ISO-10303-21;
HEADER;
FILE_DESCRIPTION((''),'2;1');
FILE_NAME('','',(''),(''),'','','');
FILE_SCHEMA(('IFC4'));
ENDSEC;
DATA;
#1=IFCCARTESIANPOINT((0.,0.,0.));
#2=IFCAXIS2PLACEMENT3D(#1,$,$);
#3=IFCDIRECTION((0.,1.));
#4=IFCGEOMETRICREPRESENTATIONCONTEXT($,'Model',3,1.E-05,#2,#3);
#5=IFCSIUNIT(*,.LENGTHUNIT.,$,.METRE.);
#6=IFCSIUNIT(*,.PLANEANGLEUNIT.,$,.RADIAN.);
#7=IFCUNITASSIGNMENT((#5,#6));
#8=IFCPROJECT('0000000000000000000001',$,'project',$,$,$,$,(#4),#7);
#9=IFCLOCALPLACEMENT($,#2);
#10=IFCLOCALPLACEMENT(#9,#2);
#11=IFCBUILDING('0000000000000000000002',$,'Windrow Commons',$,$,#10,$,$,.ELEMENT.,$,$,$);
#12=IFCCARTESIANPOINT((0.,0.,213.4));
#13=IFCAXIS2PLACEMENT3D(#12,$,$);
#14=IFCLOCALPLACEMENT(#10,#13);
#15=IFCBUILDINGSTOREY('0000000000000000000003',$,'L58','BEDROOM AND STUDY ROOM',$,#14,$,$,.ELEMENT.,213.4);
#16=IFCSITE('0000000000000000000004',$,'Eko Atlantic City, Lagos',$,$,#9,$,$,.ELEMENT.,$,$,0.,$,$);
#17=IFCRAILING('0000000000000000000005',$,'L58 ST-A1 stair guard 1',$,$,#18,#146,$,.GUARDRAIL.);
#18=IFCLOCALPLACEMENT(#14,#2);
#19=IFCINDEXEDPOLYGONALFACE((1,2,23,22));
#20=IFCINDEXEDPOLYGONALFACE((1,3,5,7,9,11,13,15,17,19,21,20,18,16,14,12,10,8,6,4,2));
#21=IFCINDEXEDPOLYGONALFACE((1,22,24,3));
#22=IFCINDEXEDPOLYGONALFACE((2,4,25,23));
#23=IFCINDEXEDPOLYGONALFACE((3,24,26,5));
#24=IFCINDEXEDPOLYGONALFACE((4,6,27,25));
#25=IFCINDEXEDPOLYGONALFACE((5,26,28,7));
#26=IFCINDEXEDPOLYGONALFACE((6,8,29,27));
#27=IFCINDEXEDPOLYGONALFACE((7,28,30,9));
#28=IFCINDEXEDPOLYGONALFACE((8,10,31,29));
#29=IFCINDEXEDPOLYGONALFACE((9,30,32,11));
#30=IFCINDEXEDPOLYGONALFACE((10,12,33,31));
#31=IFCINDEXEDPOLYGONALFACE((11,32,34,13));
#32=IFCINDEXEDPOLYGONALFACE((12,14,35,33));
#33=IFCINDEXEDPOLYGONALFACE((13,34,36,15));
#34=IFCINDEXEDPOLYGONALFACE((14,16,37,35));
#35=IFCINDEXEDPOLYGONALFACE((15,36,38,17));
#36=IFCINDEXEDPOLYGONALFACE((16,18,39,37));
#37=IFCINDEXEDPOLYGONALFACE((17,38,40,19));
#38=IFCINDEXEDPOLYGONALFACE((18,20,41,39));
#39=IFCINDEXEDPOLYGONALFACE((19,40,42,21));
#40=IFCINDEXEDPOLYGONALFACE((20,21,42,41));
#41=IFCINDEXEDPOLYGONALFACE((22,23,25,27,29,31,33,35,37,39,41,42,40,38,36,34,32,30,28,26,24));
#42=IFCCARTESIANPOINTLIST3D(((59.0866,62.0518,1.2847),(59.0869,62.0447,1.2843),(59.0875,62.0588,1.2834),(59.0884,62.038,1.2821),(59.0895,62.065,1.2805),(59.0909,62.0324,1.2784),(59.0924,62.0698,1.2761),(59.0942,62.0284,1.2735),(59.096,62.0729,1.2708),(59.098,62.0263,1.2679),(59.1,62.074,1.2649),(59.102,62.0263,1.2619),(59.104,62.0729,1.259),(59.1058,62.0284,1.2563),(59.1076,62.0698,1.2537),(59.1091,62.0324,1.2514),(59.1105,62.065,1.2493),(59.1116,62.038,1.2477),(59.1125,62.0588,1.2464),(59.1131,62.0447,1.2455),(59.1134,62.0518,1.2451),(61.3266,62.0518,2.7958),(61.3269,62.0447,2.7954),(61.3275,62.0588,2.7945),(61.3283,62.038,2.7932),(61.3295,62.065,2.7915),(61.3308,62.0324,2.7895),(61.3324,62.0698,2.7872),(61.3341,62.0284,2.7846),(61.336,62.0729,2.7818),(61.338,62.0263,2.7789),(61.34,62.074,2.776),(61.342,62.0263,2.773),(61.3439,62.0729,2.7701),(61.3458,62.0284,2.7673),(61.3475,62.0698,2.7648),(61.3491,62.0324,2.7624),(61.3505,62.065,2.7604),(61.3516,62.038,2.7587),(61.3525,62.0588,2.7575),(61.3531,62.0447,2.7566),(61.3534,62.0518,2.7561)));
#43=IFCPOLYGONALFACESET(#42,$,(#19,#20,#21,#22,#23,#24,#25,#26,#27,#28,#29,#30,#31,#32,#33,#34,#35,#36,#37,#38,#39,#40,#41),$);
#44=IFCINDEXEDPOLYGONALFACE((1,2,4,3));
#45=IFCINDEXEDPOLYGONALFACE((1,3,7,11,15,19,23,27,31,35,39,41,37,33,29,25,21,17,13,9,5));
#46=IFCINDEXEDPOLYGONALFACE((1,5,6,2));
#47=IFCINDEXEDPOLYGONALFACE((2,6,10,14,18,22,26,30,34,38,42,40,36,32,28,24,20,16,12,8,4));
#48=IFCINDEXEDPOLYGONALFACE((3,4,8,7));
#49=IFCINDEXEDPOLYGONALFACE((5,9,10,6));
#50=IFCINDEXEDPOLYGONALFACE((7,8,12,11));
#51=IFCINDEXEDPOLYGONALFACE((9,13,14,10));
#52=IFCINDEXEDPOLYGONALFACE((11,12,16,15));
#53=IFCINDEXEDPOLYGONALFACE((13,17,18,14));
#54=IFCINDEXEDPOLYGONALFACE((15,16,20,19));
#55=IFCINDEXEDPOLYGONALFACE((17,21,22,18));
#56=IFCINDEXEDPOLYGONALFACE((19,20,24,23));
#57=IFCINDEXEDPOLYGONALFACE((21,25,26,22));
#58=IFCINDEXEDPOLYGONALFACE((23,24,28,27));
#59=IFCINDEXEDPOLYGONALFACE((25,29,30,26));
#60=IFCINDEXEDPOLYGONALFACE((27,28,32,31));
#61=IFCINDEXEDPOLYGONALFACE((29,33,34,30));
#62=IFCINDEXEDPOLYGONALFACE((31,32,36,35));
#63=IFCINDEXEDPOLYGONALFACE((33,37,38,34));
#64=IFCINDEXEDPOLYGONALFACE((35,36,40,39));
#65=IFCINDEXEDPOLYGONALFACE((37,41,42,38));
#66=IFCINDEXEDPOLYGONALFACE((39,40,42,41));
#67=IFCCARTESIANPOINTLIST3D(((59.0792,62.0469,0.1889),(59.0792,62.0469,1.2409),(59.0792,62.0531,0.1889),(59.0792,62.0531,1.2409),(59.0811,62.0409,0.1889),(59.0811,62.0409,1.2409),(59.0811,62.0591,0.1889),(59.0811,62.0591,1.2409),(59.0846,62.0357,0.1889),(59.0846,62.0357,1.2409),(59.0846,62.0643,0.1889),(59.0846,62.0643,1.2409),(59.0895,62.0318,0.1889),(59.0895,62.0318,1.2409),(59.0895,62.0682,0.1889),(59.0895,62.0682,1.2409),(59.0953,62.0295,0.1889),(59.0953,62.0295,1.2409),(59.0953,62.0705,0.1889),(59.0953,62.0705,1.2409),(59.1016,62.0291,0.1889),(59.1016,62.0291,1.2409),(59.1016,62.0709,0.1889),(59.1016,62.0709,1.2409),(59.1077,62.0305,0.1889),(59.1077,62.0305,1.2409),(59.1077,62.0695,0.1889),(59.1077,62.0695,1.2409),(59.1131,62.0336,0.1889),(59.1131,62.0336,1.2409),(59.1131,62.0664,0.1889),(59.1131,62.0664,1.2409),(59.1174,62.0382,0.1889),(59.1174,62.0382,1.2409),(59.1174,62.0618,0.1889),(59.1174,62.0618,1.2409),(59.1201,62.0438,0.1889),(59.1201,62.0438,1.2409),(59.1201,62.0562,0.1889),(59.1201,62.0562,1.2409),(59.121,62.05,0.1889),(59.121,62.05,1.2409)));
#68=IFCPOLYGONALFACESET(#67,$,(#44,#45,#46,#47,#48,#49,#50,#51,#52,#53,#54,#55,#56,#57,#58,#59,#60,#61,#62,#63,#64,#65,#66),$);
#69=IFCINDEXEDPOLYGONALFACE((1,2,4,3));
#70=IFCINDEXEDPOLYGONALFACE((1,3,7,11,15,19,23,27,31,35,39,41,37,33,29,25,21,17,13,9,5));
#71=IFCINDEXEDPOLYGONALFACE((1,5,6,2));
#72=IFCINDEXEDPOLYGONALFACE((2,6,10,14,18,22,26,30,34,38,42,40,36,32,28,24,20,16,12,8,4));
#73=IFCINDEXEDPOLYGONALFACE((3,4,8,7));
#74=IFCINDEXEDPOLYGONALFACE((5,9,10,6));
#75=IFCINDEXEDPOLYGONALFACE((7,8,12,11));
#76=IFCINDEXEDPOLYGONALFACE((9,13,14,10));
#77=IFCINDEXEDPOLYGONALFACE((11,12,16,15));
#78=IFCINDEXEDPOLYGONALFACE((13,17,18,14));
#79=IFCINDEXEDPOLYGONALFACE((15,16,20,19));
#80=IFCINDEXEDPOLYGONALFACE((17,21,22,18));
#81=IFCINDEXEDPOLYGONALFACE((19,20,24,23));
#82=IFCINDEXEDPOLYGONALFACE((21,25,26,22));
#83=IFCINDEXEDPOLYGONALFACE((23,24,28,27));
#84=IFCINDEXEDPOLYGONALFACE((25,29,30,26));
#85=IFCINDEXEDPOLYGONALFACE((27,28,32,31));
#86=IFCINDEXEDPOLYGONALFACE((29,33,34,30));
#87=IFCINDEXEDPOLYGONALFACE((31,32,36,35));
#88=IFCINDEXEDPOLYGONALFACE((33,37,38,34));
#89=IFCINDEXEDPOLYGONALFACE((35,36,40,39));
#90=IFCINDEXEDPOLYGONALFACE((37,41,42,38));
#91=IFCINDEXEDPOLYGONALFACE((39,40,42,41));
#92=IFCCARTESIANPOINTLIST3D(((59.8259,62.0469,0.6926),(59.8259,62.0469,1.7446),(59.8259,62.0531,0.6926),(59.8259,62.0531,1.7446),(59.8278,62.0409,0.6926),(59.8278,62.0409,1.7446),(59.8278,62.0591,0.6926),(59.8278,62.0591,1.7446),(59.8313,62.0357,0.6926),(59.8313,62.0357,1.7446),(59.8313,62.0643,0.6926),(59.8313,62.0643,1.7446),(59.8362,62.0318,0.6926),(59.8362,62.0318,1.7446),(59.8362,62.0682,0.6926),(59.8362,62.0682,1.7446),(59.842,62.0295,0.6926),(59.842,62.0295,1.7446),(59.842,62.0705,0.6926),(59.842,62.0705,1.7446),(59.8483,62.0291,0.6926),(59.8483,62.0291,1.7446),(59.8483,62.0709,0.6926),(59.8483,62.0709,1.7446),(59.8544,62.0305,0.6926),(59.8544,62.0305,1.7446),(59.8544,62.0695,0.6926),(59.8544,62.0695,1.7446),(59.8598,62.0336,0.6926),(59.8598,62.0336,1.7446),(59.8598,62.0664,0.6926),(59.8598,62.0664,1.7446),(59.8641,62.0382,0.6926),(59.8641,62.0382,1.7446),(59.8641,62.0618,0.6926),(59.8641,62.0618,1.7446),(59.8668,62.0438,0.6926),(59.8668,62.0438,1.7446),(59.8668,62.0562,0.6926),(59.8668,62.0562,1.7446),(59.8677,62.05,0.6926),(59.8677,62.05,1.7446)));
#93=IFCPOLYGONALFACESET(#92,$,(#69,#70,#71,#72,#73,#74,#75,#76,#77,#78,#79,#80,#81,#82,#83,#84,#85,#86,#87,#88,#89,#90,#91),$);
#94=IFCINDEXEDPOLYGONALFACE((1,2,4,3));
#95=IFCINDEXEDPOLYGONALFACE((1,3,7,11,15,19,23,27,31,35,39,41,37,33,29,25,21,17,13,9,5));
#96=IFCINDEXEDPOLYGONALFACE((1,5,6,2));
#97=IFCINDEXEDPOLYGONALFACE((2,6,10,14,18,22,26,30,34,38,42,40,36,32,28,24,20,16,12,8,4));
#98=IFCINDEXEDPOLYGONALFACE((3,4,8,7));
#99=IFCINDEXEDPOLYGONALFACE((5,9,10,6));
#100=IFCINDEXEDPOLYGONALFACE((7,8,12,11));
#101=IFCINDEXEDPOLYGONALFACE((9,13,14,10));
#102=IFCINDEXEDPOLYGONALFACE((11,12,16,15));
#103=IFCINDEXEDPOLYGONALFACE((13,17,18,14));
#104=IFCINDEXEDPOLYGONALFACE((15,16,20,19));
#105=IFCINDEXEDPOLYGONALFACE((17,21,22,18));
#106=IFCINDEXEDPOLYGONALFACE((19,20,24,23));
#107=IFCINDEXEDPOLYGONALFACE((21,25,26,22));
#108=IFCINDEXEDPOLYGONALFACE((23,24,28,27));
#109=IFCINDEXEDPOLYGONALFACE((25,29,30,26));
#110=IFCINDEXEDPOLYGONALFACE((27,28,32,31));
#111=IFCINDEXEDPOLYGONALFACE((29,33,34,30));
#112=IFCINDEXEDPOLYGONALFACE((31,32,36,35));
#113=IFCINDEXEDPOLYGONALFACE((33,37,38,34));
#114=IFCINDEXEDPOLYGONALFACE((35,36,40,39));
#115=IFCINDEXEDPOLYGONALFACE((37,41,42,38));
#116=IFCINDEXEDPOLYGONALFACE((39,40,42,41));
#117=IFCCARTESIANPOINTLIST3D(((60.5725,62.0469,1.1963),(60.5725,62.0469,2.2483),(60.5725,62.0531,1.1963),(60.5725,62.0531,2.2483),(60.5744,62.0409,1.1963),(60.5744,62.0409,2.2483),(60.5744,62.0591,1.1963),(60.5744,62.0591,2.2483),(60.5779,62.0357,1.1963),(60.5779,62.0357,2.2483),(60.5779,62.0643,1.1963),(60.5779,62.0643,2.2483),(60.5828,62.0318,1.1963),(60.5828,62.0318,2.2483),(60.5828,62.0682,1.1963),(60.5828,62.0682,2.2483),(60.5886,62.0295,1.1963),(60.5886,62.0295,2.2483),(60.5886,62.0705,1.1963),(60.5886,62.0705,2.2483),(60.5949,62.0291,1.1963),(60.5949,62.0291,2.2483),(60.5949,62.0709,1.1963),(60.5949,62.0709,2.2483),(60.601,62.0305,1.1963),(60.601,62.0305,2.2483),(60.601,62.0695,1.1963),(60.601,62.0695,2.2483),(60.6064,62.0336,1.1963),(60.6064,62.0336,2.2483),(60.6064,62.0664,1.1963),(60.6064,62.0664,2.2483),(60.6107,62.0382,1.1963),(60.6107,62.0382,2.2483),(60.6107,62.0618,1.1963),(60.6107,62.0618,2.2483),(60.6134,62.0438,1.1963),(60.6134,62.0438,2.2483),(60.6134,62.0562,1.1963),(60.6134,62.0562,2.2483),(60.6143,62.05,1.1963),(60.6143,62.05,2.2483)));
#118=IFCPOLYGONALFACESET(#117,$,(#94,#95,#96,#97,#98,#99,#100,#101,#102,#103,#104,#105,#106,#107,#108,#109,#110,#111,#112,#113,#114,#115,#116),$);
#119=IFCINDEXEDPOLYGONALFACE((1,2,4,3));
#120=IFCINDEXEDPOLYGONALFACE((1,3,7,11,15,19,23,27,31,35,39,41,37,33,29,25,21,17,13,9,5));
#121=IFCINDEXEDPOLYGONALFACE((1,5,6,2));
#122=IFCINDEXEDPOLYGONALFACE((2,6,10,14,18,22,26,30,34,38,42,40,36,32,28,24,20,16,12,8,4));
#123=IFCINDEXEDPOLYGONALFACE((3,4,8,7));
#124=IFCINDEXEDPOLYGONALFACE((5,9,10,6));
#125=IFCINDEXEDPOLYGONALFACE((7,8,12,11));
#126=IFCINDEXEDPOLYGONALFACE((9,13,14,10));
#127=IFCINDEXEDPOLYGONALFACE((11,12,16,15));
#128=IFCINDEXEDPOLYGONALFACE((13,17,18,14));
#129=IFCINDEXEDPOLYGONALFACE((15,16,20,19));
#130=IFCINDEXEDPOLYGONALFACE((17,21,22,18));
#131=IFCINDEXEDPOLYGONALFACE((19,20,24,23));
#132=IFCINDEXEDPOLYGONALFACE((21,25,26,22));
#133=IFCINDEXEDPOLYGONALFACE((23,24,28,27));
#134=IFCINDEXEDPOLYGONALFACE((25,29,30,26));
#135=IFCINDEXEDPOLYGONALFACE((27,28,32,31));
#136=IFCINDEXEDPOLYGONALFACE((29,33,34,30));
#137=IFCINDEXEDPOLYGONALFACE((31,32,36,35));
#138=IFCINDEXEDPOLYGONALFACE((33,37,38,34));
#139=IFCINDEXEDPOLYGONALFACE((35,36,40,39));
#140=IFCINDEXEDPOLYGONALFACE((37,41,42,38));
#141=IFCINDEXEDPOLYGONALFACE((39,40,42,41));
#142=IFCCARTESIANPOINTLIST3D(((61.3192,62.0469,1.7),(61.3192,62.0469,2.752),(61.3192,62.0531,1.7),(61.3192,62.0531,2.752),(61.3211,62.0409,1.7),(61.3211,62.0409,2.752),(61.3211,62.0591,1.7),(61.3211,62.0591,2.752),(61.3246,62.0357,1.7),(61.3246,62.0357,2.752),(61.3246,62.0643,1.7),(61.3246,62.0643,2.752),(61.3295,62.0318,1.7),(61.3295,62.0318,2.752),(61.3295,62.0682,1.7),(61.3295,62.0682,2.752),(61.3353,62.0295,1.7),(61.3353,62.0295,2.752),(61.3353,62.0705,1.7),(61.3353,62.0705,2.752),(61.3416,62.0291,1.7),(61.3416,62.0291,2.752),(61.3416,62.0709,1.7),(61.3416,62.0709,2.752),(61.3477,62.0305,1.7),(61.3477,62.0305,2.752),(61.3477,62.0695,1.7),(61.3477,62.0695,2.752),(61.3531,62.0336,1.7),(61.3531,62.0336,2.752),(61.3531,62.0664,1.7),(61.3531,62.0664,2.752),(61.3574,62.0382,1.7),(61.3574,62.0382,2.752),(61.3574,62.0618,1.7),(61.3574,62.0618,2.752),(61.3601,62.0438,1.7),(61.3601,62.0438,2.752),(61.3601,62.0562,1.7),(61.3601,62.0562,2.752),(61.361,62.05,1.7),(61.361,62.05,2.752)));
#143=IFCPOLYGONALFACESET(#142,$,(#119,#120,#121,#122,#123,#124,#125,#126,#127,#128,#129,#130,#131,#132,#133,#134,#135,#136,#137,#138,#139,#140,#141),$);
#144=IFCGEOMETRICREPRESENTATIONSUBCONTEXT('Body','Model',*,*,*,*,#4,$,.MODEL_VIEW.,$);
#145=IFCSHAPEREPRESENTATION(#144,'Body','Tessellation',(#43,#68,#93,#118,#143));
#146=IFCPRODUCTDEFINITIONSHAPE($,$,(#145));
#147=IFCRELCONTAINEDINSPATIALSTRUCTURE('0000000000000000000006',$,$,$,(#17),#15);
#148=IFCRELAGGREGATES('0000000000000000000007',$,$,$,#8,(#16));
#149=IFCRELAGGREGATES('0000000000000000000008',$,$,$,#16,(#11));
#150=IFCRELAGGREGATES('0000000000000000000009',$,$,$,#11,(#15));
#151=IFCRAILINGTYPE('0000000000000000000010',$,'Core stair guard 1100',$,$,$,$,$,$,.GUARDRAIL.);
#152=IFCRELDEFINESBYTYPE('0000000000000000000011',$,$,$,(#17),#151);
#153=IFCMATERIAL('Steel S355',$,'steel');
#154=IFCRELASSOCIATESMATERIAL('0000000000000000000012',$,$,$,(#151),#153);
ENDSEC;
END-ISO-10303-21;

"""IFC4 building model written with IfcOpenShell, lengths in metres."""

from ifc_helpers import new_model, si_unit, direction, frame, origin, origin_2d, place, context, subcontext, project, spatial, circle, extrude, material, type_object, element, save


model = new_model("IFC4")

# Units and contexts
model_context = context("Model", 3, precision=1e-05, world=origin(), true_north=direction((0.0, 1.0)))
body_context = subcontext(model_context, "Body", "Model", "MODEL_VIEW")
ifc_project = project(units=[si_unit("LENGTHUNIT", "METRE"), si_unit("PLANEANGLEUNIT", "RADIAN")], contexts=[model_context])

# Site, building, storey
site_placement = place(None, origin())
site = spatial("IfcSite", under=ifc_project, at=site_placement, Name="Eko Atlantic City, Lagos", CompositionType="ELEMENT", RefElevation=0.0)
building_placement = place(site_placement, origin())
building = spatial("IfcBuilding", under=site, at=building_placement, Name="Windrow Commons", CompositionType="ELEMENT")
storey_placement = place(building_placement, frame((0.0, 0.0, 213.4)))
storey = spatial("IfcBuildingStorey", under=building, at=storey_placement, Name="L58", Description="BEDROOM AND STUDY ROOM", CompositionType="ELEMENT", Elevation=213.4)

# Railing
ifc_material_1 = material(Name="Steel S355", Category="steel")
railing_type_1 = type_object("IfcRailingType", Name="Core stair guard 1100", PredefinedType="GUARDRAIL", material=ifc_material_1)
railing_1_placement = place(storey_placement, frame((59.1, 62.05, 0.1889)))
element("IfcRailing", 1, at=railing_1_placement, inside=storey, type_object=railing_type_1, Name="L58 ST-A1 stair guard 1", PredefinedType="GUARDRAIL", context=body_context, shape_type="SweptSolid", body=[
    extrude(circle(Radius=0.024, at=origin_2d()), frame((0.0, 0.0, 1.076), z_axis=(0.829003, 0.0, 0.559244), x_axis=(0.0, 1.0, 0.0)), (0.0, 0.0, 1.0), 2.702),
    extrude(circle(Radius=0.021, at=origin_2d()), origin(), (0.0, 0.0, 1.0), 1.052),
    extrude(circle(Radius=0.021, at=origin_2d()), frame((0.7467, 0.0, 0.5037)), (0.0, 0.0, 1.0), 1.052),
    extrude(circle(Radius=0.021, at=origin_2d()), frame((1.4933, 0.0, 1.0074)), (0.0, 0.0, 1.0), 1.052),
    extrude(circle(Radius=0.021, at=origin_2d()), frame((2.24, 0.0, 1.5111)), (0.0, 0.0, 1.0), 1.052),
])

save(model, "model.ifc")
